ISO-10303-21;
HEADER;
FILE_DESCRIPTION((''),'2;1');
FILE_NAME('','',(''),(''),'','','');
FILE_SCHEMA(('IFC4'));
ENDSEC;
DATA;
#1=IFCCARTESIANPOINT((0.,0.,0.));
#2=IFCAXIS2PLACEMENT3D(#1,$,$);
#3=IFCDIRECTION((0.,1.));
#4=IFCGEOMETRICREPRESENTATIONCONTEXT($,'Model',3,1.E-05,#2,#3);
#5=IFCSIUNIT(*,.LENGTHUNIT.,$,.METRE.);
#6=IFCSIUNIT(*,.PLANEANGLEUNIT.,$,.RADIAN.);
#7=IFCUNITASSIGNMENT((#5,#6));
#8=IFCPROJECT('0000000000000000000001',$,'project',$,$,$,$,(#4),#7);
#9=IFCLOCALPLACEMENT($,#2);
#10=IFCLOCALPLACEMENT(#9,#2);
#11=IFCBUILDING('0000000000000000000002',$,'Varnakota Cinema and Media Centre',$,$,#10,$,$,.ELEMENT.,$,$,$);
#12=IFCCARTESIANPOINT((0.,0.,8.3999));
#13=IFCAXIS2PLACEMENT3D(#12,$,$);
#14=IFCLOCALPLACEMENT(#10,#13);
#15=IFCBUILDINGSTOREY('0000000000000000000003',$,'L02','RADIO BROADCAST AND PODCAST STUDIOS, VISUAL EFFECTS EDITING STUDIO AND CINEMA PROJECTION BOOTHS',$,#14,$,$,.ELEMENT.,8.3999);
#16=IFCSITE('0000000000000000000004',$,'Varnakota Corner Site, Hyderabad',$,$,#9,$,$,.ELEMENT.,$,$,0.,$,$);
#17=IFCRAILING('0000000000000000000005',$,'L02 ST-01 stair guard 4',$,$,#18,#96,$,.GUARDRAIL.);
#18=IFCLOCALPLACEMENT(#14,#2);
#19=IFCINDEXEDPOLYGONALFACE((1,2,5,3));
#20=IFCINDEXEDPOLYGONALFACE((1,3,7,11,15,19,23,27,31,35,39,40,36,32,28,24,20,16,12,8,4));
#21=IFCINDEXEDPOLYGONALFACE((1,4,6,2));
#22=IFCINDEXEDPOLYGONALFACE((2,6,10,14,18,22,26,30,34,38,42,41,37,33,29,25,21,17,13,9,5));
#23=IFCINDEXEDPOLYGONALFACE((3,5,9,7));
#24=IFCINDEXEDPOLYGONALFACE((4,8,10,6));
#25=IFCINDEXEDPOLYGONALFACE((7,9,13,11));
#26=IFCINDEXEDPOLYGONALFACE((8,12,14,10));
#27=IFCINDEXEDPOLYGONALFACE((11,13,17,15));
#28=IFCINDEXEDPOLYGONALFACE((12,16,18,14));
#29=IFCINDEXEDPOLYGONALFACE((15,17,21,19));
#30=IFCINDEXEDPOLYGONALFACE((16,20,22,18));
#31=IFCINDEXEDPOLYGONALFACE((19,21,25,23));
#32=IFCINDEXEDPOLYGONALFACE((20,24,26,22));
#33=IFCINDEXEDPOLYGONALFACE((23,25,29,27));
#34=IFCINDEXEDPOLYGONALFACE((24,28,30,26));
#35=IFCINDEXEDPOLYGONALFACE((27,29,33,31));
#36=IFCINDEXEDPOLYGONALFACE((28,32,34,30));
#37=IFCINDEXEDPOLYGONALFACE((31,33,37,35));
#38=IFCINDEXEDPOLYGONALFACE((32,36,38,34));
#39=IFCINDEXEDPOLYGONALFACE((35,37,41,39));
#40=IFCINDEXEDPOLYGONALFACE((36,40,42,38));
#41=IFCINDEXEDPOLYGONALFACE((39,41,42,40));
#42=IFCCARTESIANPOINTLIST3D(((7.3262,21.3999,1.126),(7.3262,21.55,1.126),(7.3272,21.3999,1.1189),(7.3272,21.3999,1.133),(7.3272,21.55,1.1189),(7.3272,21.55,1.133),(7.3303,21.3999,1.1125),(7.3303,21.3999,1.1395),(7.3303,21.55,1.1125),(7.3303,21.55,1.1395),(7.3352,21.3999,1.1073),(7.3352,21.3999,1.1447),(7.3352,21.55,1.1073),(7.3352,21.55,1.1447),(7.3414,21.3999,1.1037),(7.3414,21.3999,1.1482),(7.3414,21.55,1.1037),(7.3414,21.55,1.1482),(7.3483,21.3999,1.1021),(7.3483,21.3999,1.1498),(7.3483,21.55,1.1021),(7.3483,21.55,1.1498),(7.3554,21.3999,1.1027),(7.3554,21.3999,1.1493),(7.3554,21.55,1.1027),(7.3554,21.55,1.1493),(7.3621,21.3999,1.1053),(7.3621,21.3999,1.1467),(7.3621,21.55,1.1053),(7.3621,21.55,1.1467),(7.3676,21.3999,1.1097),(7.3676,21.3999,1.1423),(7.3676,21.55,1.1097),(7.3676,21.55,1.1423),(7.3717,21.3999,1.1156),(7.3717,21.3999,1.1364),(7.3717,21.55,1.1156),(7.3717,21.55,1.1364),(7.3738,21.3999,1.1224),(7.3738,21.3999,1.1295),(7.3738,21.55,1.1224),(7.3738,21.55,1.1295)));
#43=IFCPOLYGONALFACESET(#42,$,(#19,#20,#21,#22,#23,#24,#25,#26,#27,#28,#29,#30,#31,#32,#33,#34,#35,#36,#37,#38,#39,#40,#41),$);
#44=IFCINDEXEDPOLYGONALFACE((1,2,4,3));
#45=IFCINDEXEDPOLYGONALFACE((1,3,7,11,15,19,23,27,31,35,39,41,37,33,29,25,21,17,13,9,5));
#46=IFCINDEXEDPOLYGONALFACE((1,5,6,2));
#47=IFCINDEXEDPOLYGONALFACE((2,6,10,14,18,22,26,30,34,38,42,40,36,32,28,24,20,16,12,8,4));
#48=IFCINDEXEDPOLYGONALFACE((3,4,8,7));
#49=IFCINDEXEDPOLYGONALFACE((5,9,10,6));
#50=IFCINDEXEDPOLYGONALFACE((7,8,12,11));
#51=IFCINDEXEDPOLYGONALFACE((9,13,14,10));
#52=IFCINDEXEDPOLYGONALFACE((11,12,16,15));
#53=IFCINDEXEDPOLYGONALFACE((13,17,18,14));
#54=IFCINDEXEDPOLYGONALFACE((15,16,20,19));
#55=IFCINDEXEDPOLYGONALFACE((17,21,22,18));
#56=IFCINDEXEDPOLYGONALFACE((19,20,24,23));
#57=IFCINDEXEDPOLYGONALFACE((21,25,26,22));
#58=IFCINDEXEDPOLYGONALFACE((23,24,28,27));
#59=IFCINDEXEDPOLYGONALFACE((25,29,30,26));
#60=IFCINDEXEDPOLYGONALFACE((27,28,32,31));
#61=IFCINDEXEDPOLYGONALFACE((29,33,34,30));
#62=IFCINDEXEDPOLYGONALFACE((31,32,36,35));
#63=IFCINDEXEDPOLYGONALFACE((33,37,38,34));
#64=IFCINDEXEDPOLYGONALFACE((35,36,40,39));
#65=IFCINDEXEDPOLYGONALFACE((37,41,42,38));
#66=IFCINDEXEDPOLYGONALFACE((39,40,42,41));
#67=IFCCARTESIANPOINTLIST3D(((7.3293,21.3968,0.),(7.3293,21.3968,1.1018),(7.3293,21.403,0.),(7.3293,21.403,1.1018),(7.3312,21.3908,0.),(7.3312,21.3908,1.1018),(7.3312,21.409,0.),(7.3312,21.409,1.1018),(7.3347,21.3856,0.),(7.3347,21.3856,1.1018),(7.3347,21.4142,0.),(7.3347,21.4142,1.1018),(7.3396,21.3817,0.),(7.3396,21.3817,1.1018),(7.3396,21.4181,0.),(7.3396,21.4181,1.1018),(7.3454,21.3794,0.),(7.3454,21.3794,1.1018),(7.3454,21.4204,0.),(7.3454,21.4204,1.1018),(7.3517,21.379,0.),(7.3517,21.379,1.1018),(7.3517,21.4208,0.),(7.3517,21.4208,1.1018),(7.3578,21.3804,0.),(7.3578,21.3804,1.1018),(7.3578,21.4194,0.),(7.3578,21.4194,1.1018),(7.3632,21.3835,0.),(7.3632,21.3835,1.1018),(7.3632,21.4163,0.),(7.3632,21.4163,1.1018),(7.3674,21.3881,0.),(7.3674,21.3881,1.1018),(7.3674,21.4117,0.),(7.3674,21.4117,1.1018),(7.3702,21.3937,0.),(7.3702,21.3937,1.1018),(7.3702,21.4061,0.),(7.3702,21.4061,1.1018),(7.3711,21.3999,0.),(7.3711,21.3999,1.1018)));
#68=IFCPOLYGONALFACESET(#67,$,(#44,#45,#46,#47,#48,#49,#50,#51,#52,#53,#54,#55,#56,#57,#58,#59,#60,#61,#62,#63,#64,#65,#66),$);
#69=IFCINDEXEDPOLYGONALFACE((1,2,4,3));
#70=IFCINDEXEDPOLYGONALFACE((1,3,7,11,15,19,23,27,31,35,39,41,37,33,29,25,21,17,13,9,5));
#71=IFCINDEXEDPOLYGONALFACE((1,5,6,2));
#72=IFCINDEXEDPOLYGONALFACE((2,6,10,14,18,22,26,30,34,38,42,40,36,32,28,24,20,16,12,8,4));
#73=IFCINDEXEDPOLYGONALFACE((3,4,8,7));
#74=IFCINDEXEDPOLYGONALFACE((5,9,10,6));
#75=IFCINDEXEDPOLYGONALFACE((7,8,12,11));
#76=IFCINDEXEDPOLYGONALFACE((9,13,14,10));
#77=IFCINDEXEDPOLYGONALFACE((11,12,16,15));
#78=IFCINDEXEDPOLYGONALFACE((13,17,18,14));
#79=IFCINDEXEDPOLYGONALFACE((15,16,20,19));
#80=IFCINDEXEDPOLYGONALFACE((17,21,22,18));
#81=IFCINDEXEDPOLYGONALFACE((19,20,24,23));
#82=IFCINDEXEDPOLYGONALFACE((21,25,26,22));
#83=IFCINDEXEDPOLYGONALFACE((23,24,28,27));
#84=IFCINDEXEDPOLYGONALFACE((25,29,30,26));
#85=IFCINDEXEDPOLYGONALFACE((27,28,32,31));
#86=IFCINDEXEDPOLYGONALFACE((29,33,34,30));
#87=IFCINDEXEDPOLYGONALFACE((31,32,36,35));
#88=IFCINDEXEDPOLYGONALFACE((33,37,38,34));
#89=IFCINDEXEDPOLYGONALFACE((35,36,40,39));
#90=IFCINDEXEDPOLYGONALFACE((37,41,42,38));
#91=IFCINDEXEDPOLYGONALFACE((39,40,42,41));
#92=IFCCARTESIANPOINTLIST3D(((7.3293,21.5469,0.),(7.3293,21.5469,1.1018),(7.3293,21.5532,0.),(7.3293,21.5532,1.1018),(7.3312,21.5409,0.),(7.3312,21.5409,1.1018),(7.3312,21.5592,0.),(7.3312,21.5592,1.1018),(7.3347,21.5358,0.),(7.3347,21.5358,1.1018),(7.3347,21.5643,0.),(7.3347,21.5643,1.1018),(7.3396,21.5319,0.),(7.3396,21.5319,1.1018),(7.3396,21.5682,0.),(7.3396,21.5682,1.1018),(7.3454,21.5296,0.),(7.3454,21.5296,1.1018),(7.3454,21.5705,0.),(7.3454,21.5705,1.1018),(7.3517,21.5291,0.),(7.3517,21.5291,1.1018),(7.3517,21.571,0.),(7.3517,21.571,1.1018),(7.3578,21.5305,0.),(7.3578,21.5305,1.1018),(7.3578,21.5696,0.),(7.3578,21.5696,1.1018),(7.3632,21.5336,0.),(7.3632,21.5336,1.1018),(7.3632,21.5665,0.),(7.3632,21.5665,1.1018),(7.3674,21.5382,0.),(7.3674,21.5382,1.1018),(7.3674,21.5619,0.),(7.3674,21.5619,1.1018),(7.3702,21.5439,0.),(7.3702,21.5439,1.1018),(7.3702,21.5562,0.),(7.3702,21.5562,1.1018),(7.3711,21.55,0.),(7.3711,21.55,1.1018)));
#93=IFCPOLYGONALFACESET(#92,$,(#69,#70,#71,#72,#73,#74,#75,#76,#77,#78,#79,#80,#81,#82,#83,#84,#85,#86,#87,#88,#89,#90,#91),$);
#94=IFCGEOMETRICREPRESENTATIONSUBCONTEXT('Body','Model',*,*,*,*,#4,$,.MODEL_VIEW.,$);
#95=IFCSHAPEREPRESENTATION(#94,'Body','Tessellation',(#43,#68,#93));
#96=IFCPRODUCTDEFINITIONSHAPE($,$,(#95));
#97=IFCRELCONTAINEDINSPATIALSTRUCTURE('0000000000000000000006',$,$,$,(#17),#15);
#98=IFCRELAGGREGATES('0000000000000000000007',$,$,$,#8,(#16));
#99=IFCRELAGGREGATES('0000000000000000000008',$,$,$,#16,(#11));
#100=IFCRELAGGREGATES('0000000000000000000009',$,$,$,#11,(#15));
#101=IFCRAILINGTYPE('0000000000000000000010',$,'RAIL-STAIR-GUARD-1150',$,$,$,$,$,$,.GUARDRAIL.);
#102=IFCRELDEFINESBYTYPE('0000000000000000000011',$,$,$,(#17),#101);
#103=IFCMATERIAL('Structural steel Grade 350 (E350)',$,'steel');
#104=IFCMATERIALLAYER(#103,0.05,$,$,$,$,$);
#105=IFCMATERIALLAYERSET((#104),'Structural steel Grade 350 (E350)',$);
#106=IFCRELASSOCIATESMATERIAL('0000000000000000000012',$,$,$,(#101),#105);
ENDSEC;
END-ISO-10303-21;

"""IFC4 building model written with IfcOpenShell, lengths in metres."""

from ifc_helpers import new_model, si_unit, direction, frame, origin, origin_2d, place, context, subcontext, project, spatial, circle, extrude, material, layer, layer_set, type_object, element, save


model = new_model("IFC4")

# Units and contexts
model_context = context("Model", 3, precision=1e-05, world=origin(), true_north=direction((0.0, 1.0)))
body_context = subcontext(model_context, "Body", "Model", "MODEL_VIEW")
ifc_project = project(units=[si_unit("LENGTHUNIT", "METRE"), si_unit("PLANEANGLEUNIT", "RADIAN")], contexts=[model_context])

# Site, building, storey
site_placement = place(None, origin())
site = spatial("IfcSite", under=ifc_project, at=site_placement, Name="Varnakota Corner Site, Hyderabad", CompositionType="ELEMENT", RefElevation=0.0)
building_placement = place(site_placement, origin())
building = spatial("IfcBuilding", under=site, at=building_placement, Name="Varnakota Cinema and Media Centre", CompositionType="ELEMENT")
storey_placement = place(building_placement, frame((0.0, 0.0, 8.3999)))
storey = spatial("IfcBuildingStorey", under=building, at=storey_placement, Name="L02", Description="RADIO BROADCAST AND PODCAST STUDIOS, VISUAL EFFECTS EDITING STUDIO AND CINEMA PROJECTION BOOTHS", CompositionType="ELEMENT", Elevation=8.3999)

# Railing
ifc_material_1 = material(Name="Structural steel Grade 350 (E350)", Category="steel")
ifc_layer_1 = layer(ifc_material_1, 0.05)
ifc_layer_set_1 = layer_set([ifc_layer_1], Name="Structural steel Grade 350 (E350)")
railing_type_1 = type_object("IfcRailingType", Name="RAIL-STAIR-GUARD-1150", PredefinedType="GUARDRAIL", material=ifc_layer_set_1)
railing_1_placement = place(storey_placement, frame((7.3501, 21.3999, 0.0)))
element("IfcRailing", 1, at=railing_1_placement, inside=storey, type_object=railing_type_1, Name="L02 ST-01 stair guard 4", PredefinedType="GUARDRAIL", context=body_context, shape_type="SweptSolid", body=[
    extrude(circle(Radius=0.0239, at=origin_2d()), frame((0.0, 0.0, 1.126), z_axis=(0.0, 1.0, 0.0), x_axis=(-1.0, 0.0, 0.0)), (0.0, 0.0, 1.0), 0.1501),
    extrude(circle(Radius=0.021, at=origin_2d()), origin(), (0.0, 0.0, 1.0), 1.1018),
    extrude(circle(Radius=0.021, at=origin_2d()), frame((0.0, 0.1501, 0.0)), (0.0, 0.0, 1.0), 1.1018),
])

save(model, "model.ifc")
